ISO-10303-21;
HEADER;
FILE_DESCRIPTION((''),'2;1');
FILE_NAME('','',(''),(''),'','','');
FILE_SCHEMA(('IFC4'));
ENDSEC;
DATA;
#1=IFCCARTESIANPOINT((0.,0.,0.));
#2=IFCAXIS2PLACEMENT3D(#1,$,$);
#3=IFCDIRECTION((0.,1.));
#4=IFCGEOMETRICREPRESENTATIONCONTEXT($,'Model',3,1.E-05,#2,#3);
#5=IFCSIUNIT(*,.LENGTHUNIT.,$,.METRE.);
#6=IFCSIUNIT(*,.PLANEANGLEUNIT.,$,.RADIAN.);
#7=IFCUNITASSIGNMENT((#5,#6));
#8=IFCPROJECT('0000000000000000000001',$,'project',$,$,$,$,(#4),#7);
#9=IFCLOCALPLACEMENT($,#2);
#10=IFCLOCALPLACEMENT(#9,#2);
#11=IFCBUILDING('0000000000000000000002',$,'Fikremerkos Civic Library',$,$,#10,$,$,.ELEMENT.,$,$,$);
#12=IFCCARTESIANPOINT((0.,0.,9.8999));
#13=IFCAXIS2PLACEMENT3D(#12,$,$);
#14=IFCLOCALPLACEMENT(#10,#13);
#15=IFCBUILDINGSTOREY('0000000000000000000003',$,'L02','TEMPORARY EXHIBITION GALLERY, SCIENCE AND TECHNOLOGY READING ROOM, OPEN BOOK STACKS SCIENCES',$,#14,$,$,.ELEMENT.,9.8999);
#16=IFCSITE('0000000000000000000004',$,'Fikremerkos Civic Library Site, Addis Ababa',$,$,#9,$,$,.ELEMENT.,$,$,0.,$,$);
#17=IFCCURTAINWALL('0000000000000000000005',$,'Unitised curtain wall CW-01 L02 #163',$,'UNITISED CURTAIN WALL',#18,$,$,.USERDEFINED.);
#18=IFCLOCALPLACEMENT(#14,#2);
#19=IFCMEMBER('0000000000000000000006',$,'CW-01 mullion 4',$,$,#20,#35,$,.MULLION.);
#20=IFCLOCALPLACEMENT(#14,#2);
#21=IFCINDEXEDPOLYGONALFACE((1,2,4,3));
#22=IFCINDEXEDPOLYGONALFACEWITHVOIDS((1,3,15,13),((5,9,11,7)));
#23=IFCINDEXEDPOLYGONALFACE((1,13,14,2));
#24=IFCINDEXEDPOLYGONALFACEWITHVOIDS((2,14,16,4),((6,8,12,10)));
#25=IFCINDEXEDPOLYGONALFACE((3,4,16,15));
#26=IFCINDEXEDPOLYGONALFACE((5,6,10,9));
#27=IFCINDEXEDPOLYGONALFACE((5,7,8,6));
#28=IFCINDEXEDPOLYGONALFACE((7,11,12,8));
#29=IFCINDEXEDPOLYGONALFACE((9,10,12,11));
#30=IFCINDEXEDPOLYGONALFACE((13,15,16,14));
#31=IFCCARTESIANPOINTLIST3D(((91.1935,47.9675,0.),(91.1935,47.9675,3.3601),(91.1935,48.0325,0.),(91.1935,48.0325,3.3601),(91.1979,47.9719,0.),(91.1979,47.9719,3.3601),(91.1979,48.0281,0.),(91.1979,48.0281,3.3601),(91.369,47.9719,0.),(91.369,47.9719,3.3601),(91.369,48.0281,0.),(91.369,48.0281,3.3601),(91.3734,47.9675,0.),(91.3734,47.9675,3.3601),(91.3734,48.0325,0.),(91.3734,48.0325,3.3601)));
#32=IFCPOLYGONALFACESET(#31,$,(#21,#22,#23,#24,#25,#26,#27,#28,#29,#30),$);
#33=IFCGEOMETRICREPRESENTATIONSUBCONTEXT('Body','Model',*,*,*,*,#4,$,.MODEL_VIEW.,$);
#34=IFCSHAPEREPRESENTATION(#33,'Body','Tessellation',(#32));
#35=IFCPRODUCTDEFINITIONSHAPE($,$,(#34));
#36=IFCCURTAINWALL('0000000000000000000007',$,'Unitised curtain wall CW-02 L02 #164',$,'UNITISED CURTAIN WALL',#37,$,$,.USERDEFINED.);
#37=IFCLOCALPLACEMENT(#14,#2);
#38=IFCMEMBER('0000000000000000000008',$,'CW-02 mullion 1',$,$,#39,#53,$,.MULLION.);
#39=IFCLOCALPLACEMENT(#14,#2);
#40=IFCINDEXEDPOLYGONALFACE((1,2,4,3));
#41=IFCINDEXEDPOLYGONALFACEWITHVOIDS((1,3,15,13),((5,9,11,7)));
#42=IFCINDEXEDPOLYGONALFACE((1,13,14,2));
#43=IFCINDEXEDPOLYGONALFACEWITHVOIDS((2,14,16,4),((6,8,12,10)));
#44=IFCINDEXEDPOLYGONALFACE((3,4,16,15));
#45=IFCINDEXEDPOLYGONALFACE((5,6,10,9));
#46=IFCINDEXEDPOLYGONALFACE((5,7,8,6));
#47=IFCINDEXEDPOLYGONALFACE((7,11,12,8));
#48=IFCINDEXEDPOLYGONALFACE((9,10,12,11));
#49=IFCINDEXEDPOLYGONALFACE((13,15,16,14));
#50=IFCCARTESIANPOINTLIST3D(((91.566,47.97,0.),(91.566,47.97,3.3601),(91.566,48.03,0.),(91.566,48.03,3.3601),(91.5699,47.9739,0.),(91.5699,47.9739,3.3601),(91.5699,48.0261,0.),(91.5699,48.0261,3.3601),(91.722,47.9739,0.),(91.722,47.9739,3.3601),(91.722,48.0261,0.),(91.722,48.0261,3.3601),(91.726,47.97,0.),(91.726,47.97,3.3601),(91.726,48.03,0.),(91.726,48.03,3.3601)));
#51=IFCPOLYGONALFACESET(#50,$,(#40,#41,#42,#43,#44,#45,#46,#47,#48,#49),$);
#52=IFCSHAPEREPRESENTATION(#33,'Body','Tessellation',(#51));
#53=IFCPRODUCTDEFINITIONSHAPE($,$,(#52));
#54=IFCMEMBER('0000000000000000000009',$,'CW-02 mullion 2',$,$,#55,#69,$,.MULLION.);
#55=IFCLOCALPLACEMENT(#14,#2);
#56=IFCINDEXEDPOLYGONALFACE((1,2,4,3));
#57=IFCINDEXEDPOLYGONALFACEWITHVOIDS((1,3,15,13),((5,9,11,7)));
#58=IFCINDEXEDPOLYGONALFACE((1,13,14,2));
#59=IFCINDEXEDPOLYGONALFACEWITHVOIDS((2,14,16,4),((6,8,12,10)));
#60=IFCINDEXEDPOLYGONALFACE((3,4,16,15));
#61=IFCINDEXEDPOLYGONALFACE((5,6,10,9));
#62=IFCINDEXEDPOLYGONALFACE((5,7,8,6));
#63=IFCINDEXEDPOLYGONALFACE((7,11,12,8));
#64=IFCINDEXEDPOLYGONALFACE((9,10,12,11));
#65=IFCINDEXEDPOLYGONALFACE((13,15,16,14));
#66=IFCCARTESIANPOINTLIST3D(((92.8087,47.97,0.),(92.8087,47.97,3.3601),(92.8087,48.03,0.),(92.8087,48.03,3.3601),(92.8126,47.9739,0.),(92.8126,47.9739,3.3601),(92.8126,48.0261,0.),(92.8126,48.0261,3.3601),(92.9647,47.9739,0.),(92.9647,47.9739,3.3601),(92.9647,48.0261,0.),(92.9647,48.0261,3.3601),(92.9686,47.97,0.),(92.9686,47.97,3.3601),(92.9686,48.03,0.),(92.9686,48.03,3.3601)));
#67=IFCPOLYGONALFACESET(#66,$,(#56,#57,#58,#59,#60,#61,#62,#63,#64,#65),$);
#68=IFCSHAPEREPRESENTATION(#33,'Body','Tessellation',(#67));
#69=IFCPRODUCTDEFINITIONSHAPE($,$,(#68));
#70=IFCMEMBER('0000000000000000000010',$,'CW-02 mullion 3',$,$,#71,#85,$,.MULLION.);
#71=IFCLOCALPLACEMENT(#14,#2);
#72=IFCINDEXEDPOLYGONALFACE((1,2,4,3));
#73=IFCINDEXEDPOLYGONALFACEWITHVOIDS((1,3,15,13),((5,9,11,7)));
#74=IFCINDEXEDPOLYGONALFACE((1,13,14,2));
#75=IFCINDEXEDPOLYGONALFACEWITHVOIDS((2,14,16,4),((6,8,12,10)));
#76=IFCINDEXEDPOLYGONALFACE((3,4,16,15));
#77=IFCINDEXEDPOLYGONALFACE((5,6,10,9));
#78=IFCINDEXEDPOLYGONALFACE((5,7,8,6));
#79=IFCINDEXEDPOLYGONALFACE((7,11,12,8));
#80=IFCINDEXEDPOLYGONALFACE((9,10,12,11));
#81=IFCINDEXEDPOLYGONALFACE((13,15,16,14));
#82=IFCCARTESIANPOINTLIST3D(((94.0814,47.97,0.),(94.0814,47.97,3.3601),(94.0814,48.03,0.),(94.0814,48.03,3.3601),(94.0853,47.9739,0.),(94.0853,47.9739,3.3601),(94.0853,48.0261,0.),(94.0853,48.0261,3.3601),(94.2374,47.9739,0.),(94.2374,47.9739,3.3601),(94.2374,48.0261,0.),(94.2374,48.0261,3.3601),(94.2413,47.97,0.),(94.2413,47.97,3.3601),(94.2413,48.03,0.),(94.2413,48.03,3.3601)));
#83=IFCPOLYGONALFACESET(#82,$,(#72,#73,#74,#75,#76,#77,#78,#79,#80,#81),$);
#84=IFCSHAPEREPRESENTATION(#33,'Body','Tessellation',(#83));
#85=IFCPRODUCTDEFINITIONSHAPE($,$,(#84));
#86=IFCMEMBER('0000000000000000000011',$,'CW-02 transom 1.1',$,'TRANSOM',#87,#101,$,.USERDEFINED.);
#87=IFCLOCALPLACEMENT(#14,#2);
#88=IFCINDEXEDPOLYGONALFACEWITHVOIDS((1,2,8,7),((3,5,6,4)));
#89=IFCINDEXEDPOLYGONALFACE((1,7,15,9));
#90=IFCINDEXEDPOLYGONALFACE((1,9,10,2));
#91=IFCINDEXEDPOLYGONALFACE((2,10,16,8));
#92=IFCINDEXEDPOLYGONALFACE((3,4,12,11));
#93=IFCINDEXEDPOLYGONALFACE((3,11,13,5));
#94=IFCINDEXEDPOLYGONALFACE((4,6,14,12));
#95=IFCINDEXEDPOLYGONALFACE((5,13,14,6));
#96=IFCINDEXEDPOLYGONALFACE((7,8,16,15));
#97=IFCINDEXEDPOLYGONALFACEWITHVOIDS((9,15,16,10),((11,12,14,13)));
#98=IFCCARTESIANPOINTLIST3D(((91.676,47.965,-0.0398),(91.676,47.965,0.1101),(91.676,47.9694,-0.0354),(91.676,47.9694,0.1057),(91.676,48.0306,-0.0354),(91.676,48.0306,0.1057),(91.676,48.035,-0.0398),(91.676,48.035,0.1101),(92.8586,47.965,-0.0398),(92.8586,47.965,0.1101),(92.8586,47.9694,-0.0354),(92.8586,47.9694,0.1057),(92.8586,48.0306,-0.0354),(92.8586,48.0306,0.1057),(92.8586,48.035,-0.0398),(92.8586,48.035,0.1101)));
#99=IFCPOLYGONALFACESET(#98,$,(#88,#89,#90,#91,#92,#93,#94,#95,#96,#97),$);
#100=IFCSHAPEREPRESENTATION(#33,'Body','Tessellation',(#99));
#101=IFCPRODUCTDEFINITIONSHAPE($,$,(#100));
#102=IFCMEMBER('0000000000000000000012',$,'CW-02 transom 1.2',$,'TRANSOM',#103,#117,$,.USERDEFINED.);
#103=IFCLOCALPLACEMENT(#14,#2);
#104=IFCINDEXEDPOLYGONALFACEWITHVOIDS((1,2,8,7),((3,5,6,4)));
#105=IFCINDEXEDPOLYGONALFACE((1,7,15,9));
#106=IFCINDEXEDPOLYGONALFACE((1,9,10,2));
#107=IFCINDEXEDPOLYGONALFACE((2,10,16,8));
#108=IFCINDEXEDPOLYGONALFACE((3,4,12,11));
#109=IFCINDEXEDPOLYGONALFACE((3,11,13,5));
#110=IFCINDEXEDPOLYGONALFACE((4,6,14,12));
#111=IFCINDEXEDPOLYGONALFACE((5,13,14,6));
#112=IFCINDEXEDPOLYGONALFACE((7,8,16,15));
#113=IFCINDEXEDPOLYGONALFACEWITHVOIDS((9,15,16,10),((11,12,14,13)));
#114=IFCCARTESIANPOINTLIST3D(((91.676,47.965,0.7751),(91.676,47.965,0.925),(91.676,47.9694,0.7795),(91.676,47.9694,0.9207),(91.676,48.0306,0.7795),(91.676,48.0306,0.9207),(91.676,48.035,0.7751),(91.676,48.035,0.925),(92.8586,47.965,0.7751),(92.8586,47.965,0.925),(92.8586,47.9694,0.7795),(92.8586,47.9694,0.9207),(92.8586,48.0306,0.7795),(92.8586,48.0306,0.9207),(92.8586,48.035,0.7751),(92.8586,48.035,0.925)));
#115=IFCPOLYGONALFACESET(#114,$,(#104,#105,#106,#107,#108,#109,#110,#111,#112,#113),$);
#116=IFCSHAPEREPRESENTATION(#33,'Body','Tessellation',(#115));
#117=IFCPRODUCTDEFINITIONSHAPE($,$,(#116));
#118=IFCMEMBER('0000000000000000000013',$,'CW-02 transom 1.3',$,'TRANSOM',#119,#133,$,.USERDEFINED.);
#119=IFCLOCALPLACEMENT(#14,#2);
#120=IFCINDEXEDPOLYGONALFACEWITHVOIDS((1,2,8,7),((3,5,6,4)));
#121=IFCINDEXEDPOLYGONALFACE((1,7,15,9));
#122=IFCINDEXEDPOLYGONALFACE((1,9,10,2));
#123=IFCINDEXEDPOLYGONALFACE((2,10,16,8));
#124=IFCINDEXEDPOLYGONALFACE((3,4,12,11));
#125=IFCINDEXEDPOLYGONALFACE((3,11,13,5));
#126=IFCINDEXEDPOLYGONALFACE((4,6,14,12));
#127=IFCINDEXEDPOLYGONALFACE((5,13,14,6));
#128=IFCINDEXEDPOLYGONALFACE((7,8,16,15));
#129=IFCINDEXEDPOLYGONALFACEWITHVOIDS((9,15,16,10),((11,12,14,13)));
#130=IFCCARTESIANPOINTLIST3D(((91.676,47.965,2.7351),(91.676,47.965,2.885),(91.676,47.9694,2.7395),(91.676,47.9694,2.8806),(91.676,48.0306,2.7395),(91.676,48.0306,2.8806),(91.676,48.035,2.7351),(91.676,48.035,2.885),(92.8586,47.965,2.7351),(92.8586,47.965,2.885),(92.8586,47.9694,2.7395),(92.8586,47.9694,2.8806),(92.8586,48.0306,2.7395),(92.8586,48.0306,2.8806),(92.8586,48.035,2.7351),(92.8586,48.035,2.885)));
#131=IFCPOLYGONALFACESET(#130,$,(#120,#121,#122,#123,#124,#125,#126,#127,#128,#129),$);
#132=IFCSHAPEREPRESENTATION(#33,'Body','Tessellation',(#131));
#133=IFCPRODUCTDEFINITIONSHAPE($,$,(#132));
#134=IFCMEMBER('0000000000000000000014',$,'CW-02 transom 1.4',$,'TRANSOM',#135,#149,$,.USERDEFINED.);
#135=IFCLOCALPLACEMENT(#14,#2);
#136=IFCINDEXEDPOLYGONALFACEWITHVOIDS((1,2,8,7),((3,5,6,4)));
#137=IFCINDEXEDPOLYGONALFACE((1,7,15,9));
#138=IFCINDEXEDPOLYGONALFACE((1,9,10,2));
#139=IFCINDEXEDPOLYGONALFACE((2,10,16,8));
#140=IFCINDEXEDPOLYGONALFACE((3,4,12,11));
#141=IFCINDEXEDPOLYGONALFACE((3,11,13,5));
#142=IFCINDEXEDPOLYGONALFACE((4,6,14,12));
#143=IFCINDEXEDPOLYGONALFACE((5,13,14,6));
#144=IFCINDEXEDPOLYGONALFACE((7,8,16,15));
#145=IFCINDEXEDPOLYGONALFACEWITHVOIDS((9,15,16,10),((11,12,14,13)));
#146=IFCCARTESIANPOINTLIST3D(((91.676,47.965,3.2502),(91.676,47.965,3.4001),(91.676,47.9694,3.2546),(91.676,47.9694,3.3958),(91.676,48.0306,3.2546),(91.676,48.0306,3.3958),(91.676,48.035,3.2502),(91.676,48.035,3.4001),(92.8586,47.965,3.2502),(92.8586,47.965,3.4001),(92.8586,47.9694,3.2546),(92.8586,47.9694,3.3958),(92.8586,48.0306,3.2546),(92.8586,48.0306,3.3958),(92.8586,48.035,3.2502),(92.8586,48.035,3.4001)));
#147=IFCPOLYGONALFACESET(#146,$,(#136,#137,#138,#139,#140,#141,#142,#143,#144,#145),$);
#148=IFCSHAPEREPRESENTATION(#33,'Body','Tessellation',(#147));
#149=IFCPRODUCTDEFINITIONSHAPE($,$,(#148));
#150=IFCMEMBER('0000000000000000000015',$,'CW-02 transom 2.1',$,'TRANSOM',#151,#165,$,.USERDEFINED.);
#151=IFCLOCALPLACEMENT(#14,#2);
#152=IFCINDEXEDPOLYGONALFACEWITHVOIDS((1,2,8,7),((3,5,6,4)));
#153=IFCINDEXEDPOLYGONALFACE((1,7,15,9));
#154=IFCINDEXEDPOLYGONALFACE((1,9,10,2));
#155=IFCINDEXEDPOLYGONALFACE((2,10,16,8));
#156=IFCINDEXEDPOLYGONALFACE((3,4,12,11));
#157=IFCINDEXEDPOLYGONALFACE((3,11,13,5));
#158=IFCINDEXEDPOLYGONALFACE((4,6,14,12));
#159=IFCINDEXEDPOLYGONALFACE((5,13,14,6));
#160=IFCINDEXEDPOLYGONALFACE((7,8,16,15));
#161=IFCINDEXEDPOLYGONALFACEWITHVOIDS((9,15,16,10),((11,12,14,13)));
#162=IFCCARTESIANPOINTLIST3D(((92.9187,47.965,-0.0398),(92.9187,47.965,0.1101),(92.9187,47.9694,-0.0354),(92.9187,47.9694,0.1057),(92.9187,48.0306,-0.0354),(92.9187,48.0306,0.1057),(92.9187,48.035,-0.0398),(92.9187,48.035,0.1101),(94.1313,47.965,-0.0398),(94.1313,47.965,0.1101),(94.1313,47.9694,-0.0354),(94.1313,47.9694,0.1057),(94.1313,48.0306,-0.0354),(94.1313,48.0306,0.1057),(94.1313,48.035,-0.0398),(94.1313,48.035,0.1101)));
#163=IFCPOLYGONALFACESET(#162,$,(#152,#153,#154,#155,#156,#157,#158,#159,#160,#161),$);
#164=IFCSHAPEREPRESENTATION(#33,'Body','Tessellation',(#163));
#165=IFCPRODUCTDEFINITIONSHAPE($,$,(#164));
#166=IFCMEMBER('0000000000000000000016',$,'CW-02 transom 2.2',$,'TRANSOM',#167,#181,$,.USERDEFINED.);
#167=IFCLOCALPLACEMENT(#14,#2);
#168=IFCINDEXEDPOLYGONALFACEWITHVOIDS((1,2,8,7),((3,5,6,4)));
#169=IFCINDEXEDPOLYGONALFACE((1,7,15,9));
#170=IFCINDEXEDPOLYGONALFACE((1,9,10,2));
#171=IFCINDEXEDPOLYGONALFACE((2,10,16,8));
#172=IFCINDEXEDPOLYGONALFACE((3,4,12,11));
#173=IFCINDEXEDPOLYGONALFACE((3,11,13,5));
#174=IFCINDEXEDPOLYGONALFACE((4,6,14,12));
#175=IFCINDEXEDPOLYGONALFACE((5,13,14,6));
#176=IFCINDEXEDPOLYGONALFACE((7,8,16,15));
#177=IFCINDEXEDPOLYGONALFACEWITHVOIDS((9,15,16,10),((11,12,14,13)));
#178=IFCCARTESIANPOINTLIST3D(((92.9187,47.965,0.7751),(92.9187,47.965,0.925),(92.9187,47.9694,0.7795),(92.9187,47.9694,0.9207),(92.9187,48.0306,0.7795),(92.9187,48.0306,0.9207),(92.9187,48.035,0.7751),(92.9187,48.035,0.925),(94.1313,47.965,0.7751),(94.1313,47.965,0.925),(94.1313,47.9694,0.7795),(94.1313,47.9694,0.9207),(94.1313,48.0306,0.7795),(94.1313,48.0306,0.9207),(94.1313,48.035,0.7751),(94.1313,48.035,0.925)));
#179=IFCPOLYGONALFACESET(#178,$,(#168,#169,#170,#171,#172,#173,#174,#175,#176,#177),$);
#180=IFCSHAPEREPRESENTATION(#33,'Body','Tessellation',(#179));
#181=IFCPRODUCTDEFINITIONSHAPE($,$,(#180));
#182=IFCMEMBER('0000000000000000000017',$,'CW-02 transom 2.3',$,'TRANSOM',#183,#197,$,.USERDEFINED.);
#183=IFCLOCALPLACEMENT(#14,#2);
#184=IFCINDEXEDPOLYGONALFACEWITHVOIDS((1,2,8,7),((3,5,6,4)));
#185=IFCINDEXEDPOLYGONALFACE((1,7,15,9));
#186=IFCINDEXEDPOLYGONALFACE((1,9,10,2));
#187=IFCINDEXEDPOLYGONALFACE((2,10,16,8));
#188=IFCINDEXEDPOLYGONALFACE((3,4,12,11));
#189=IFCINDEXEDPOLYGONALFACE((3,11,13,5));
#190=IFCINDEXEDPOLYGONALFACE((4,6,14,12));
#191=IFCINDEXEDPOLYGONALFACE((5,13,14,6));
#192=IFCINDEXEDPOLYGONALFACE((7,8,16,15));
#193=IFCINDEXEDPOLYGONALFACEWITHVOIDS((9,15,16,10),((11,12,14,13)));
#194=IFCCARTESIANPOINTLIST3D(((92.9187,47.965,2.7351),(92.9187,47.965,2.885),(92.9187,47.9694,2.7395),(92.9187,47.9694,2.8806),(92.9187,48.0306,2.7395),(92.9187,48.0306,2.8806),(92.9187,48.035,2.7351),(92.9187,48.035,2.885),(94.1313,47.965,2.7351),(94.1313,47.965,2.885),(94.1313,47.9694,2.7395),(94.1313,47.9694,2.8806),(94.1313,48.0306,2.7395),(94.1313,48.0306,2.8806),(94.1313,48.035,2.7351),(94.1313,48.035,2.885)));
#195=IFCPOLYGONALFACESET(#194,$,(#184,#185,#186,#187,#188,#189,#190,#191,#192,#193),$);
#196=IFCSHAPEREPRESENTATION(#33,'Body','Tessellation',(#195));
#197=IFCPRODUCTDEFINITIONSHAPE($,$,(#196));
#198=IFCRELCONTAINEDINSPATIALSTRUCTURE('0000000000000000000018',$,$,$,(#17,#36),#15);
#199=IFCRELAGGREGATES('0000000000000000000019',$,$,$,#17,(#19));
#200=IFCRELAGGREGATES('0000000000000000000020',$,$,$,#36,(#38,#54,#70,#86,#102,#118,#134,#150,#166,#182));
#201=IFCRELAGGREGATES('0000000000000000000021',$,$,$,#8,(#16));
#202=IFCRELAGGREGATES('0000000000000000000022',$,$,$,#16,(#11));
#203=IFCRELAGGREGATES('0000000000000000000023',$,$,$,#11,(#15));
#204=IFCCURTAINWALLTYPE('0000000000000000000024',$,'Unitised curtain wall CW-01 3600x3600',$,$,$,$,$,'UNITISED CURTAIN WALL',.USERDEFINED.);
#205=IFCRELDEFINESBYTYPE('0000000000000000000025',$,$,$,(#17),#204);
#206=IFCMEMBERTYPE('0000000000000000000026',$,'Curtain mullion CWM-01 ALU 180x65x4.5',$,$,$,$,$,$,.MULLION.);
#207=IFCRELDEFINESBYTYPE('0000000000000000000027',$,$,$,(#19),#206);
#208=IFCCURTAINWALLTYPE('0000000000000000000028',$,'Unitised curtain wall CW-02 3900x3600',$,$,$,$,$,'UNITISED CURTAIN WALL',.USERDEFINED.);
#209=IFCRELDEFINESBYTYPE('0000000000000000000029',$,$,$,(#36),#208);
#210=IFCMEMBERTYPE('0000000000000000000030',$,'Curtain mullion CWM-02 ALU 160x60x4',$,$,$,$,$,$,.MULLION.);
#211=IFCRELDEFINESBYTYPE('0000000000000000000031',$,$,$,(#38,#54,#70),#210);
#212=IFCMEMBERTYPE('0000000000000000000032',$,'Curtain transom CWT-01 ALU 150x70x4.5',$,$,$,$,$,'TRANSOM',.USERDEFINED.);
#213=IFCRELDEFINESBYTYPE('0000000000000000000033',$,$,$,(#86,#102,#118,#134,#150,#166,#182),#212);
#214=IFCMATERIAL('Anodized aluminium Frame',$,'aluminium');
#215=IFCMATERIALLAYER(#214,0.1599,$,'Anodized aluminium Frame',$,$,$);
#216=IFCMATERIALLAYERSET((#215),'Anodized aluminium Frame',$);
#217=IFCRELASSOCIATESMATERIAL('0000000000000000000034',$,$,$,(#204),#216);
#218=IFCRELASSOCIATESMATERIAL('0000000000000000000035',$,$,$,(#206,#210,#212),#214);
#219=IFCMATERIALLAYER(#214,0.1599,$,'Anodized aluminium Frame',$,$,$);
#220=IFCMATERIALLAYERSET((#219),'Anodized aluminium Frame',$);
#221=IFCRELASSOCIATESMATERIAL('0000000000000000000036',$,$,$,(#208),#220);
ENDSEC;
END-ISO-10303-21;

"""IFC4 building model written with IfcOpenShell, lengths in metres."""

from ifc_helpers import new_model, si_unit, direction, frame, origin, origin_2d, place, context, subcontext, project, spatial, hollow_rectangle, extrude, material, layer, layer_set, material_profile, profile_set, type_object, element, aggregate, save


model = new_model("IFC4")

# Units and contexts
model_context = context("Model", 3, precision=1e-05, world=origin(), true_north=direction((0.0, 1.0)))
body_context = subcontext(model_context, "Body", "Model", "MODEL_VIEW")
ifc_project = project(units=[si_unit("LENGTHUNIT", "METRE"), si_unit("PLANEANGLEUNIT", "RADIAN")], contexts=[model_context])

# Site, building, storey
site_placement = place(None, origin())
site = spatial("IfcSite", under=ifc_project, at=site_placement, Name="Fikremerkos Civic Library Site, Addis Ababa", CompositionType="ELEMENT", RefElevation=0.0)
building_placement = place(site_placement, origin())
building = spatial("IfcBuilding", under=site, at=building_placement, Name="Fikremerkos Civic Library", CompositionType="ELEMENT")
storey_placement = place(building_placement, frame((0.0, 0.0, 9.8999)))
storey = spatial("IfcBuildingStorey", under=building, at=storey_placement, Name="L02", Description="TEMPORARY EXHIBITION GALLERY, SCIENCE AND TECHNOLOGY READING ROOM, OPEN BOOK STACKS SCIENCES", CompositionType="ELEMENT", Elevation=9.8999)

# Curtain wall, member
ifc_material_1 = material(Name="Anodized aluminium Frame", Category="aluminium")
ifc_layer_1 = layer(ifc_material_1, 0.1599, Name="Anodized aluminium Frame")
ifc_layer_set_1 = layer_set([ifc_layer_1], Name="Anodized aluminium Frame")
curtain_wall_type_1 = type_object("IfcCurtainWallType", Name="Unitised curtain wall CW-01 3600x3600", ElementType="UNITISED CURTAIN WALL", PredefinedType="USERDEFINED", material=ifc_layer_set_1)
curtain_wall_1_placement = place(storey_placement, origin())
curtain_wall_1 = element("IfcCurtainWall", 1, at=curtain_wall_1_placement, inside=storey, type_object=curtain_wall_type_1, Name="Unitised curtain wall CW-01 L02 #163", ObjectType="UNITISED CURTAIN WALL", PredefinedType="USERDEFINED")
ifc_material_profile_1 = material_profile(ifc_material_1, hollow_rectangle(XDim=0.0649, YDim=0.1799, WallThickness=0.0044, at=origin_2d()), Name="ALU 180x65x4.5")
ifc_profile_set_1 = profile_set([ifc_material_profile_1], Name="Anodized aluminium Frame")
member_type_1 = type_object("IfcMemberType", Name="Curtain mullion CWM-01 ALU 180x65x4.5", PredefinedType="MULLION", material=ifc_profile_set_1)
member_1_placement = place(storey_placement, frame((91.2834, 48.0, 0.0), z_axis=(0.0, 0.0, 1.0), x_axis=(0.0, 1.0, 0.0)))
member_1 = element("IfcMember", 2, at=member_1_placement, type_object=member_type_1, Name="CW-01 mullion 4", PredefinedType="MULLION", context=body_context, shape_type="SweptSolid", body=[
    extrude(hollow_rectangle(XDim=0.0649, YDim=0.1799, WallThickness=0.0044, at=origin_2d()), origin(), (0.0, 0.0, 1.0), 3.3601),
])

# Curtain wall, members
ifc_layer_2 = layer(ifc_material_1, 0.1599, Name="Anodized aluminium Frame")
ifc_layer_set_2 = layer_set([ifc_layer_2], Name="Anodized aluminium Frame")
curtain_wall_type_2 = type_object("IfcCurtainWallType", Name="Unitised curtain wall CW-02 3900x3600", ElementType="UNITISED CURTAIN WALL", PredefinedType="USERDEFINED", material=ifc_layer_set_2)
curtain_wall_2_placement = place(storey_placement, origin())
curtain_wall_2 = element("IfcCurtainWall", 3, at=curtain_wall_2_placement, inside=storey, type_object=curtain_wall_type_2, Name="Unitised curtain wall CW-02 L02 #164", ObjectType="UNITISED CURTAIN WALL", PredefinedType="USERDEFINED")
ifc_material_profile_2 = material_profile(ifc_material_1, hollow_rectangle(XDim=0.0601, YDim=0.1599, WallThickness=0.0039, at=origin_2d()), Name="ALU 160x60x4")
ifc_profile_set_2 = profile_set([ifc_material_profile_2], Name="Anodized aluminium Frame")
member_type_2 = type_object("IfcMemberType", Name="Curtain mullion CWM-02 ALU 160x60x4", PredefinedType="MULLION", material=ifc_profile_set_2)
member_2_placement = place(storey_placement, frame((91.646, 48.0, 0.0), z_axis=(0.0, 0.0, 1.0), x_axis=(0.0, 1.0, 0.0)))
member_2 = element("IfcMember", 4, at=member_2_placement, type_object=member_type_2, Name="CW-02 mullion 1", PredefinedType="MULLION", context=body_context, shape_type="SweptSolid", body=[
    extrude(hollow_rectangle(XDim=0.0601, YDim=0.1599, WallThickness=0.0039, at=origin_2d()), origin(), (0.0, 0.0, 1.0), 3.3601),
])
member_3_placement = place(storey_placement, frame((92.8887, 48.0, 0.0), z_axis=(0.0, 0.0, 1.0), x_axis=(0.0, 1.0, 0.0)))
member_3 = element("IfcMember", 5, at=member_3_placement, type_object=member_type_2, Name="CW-02 mullion 2", PredefinedType="MULLION", context=body_context, shape_type="SweptSolid", body=[
    extrude(hollow_rectangle(XDim=0.0601, YDim=0.1599, WallThickness=0.0039, at=origin_2d()), origin(), (0.0, 0.0, 1.0), 3.3601),
])
member_4_placement = place(storey_placement, frame((94.1614, 48.0, 0.0), z_axis=(0.0, 0.0, 1.0), x_axis=(0.0, 1.0, 0.0)))
member_4 = element("IfcMember", 6, at=member_4_placement, type_object=member_type_2, Name="CW-02 mullion 3", PredefinedType="MULLION", context=body_context, shape_type="SweptSolid", body=[
    extrude(hollow_rectangle(XDim=0.0601, YDim=0.1599, WallThickness=0.0039, at=origin_2d()), origin(), (0.0, 0.0, 1.0), 3.3601),
])
ifc_material_profile_3 = material_profile(ifc_material_1, hollow_rectangle(XDim=0.0701, YDim=0.1499, WallThickness=0.0044, at=origin_2d()), Name="ALU 150x70x4.5")
ifc_profile_set_3 = profile_set([ifc_material_profile_3], Name="Anodized aluminium Frame")
member_type_3 = type_object("IfcMemberType", Name="Curtain transom CWT-01 ALU 150x70x4.5", ElementType="TRANSOM", PredefinedType="USERDEFINED", material=ifc_profile_set_3)
member_5_placement = place(storey_placement, frame((91.676, 48.0, 0.0352), z_axis=(1.0, 0.0, 0.0), x_axis=(0.0, 1.0, 0.0)))
member_5 = element("IfcMember", 7, at=member_5_placement, type_object=member_type_3, Name="CW-02 transom 1.1", ObjectType="TRANSOM", PredefinedType="USERDEFINED", context=body_context, shape_type="SweptSolid", body=[
    extrude(hollow_rectangle(XDim=0.0701, YDim=0.1499, WallThickness=0.0044, at=origin_2d()), origin(), (0.0, 0.0, 1.0), 1.1826),
])
member_6_placement = place(storey_placement, frame((91.676, 48.0, 0.8501), z_axis=(1.0, 0.0, 0.0), x_axis=(0.0, 1.0, 0.0)))
member_6 = element("IfcMember", 8, at=member_6_placement, type_object=member_type_3, Name="CW-02 transom 1.2", ObjectType="TRANSOM", PredefinedType="USERDEFINED", context=body_context, shape_type="SweptSolid", body=[
    extrude(hollow_rectangle(XDim=0.0701, YDim=0.1499, WallThickness=0.0044, at=origin_2d()), origin(), (0.0, 0.0, 1.0), 1.1826),
])
member_7_placement = place(storey_placement, frame((91.676, 48.0, 2.8101), z_axis=(1.0, 0.0, 0.0), x_axis=(0.0, 1.0, 0.0)))
member_7 = element("IfcMember", 9, at=member_7_placement, type_object=member_type_3, Name="CW-02 transom 1.3", ObjectType="TRANSOM", PredefinedType="USERDEFINED", context=body_context, shape_type="SweptSolid", body=[
    extrude(hollow_rectangle(XDim=0.0701, YDim=0.1499, WallThickness=0.0044, at=origin_2d()), origin(), (0.0, 0.0, 1.0), 1.1826),
])
member_8_placement = place(storey_placement, frame((91.676, 48.0, 3.3252), z_axis=(1.0, 0.0, 0.0), x_axis=(0.0, 1.0, 0.0)))
member_8 = element("IfcMember", 10, at=member_8_placement, type_object=member_type_3, Name="CW-02 transom 1.4", ObjectType="TRANSOM", PredefinedType="USERDEFINED", context=body_context, shape_type="SweptSolid", body=[
    extrude(hollow_rectangle(XDim=0.0701, YDim=0.1499, WallThickness=0.0044, at=origin_2d()), origin(), (0.0, 0.0, 1.0), 1.1826),
])
member_9_placement = place(storey_placement, frame((92.9187, 48.0, 0.0352), z_axis=(1.0, 0.0, 0.0), x_axis=(0.0, 1.0, 0.0)))
member_9 = element("IfcMember", 11, at=member_9_placement, type_object=member_type_3, Name="CW-02 transom 2.1", ObjectType="TRANSOM", PredefinedType="USERDEFINED", context=body_context, shape_type="SweptSolid", body=[
    extrude(hollow_rectangle(XDim=0.0701, YDim=0.1499, WallThickness=0.0044, at=origin_2d()), origin(), (0.0, 0.0, 1.0), 1.2126),
])
member_10_placement = place(storey_placement, frame((92.9187, 48.0, 0.8501), z_axis=(1.0, 0.0, 0.0), x_axis=(0.0, 1.0, 0.0)))
member_10 = element("IfcMember", 12, at=member_10_placement, type_object=member_type_3, Name="CW-02 transom 2.2", ObjectType="TRANSOM", PredefinedType="USERDEFINED", context=body_context, shape_type="SweptSolid", body=[
    extrude(hollow_rectangle(XDim=0.0701, YDim=0.1499, WallThickness=0.0044, at=origin_2d()), origin(), (0.0, 0.0, 1.0), 1.2126),
])
member_11_placement = place(storey_placement, frame((92.9187, 48.0, 2.8101), z_axis=(1.0, 0.0, 0.0), x_axis=(0.0, 1.0, 0.0)))
member_11 = element("IfcMember", 13, at=member_11_placement, type_object=member_type_3, Name="CW-02 transom 2.3", ObjectType="TRANSOM", PredefinedType="USERDEFINED", context=body_context, shape_type="SweptSolid", body=[
    extrude(hollow_rectangle(XDim=0.0701, YDim=0.1499, WallThickness=0.0044, at=origin_2d()), origin(), (0.0, 0.0, 1.0), 1.2126),
])

aggregate(curtain_wall_1, [member_1])
aggregate(curtain_wall_2, [member_2, member_3, member_4, member_5, member_6, member_7, member_8, member_9, member_10, member_11])

save(model, "model.ifc")
